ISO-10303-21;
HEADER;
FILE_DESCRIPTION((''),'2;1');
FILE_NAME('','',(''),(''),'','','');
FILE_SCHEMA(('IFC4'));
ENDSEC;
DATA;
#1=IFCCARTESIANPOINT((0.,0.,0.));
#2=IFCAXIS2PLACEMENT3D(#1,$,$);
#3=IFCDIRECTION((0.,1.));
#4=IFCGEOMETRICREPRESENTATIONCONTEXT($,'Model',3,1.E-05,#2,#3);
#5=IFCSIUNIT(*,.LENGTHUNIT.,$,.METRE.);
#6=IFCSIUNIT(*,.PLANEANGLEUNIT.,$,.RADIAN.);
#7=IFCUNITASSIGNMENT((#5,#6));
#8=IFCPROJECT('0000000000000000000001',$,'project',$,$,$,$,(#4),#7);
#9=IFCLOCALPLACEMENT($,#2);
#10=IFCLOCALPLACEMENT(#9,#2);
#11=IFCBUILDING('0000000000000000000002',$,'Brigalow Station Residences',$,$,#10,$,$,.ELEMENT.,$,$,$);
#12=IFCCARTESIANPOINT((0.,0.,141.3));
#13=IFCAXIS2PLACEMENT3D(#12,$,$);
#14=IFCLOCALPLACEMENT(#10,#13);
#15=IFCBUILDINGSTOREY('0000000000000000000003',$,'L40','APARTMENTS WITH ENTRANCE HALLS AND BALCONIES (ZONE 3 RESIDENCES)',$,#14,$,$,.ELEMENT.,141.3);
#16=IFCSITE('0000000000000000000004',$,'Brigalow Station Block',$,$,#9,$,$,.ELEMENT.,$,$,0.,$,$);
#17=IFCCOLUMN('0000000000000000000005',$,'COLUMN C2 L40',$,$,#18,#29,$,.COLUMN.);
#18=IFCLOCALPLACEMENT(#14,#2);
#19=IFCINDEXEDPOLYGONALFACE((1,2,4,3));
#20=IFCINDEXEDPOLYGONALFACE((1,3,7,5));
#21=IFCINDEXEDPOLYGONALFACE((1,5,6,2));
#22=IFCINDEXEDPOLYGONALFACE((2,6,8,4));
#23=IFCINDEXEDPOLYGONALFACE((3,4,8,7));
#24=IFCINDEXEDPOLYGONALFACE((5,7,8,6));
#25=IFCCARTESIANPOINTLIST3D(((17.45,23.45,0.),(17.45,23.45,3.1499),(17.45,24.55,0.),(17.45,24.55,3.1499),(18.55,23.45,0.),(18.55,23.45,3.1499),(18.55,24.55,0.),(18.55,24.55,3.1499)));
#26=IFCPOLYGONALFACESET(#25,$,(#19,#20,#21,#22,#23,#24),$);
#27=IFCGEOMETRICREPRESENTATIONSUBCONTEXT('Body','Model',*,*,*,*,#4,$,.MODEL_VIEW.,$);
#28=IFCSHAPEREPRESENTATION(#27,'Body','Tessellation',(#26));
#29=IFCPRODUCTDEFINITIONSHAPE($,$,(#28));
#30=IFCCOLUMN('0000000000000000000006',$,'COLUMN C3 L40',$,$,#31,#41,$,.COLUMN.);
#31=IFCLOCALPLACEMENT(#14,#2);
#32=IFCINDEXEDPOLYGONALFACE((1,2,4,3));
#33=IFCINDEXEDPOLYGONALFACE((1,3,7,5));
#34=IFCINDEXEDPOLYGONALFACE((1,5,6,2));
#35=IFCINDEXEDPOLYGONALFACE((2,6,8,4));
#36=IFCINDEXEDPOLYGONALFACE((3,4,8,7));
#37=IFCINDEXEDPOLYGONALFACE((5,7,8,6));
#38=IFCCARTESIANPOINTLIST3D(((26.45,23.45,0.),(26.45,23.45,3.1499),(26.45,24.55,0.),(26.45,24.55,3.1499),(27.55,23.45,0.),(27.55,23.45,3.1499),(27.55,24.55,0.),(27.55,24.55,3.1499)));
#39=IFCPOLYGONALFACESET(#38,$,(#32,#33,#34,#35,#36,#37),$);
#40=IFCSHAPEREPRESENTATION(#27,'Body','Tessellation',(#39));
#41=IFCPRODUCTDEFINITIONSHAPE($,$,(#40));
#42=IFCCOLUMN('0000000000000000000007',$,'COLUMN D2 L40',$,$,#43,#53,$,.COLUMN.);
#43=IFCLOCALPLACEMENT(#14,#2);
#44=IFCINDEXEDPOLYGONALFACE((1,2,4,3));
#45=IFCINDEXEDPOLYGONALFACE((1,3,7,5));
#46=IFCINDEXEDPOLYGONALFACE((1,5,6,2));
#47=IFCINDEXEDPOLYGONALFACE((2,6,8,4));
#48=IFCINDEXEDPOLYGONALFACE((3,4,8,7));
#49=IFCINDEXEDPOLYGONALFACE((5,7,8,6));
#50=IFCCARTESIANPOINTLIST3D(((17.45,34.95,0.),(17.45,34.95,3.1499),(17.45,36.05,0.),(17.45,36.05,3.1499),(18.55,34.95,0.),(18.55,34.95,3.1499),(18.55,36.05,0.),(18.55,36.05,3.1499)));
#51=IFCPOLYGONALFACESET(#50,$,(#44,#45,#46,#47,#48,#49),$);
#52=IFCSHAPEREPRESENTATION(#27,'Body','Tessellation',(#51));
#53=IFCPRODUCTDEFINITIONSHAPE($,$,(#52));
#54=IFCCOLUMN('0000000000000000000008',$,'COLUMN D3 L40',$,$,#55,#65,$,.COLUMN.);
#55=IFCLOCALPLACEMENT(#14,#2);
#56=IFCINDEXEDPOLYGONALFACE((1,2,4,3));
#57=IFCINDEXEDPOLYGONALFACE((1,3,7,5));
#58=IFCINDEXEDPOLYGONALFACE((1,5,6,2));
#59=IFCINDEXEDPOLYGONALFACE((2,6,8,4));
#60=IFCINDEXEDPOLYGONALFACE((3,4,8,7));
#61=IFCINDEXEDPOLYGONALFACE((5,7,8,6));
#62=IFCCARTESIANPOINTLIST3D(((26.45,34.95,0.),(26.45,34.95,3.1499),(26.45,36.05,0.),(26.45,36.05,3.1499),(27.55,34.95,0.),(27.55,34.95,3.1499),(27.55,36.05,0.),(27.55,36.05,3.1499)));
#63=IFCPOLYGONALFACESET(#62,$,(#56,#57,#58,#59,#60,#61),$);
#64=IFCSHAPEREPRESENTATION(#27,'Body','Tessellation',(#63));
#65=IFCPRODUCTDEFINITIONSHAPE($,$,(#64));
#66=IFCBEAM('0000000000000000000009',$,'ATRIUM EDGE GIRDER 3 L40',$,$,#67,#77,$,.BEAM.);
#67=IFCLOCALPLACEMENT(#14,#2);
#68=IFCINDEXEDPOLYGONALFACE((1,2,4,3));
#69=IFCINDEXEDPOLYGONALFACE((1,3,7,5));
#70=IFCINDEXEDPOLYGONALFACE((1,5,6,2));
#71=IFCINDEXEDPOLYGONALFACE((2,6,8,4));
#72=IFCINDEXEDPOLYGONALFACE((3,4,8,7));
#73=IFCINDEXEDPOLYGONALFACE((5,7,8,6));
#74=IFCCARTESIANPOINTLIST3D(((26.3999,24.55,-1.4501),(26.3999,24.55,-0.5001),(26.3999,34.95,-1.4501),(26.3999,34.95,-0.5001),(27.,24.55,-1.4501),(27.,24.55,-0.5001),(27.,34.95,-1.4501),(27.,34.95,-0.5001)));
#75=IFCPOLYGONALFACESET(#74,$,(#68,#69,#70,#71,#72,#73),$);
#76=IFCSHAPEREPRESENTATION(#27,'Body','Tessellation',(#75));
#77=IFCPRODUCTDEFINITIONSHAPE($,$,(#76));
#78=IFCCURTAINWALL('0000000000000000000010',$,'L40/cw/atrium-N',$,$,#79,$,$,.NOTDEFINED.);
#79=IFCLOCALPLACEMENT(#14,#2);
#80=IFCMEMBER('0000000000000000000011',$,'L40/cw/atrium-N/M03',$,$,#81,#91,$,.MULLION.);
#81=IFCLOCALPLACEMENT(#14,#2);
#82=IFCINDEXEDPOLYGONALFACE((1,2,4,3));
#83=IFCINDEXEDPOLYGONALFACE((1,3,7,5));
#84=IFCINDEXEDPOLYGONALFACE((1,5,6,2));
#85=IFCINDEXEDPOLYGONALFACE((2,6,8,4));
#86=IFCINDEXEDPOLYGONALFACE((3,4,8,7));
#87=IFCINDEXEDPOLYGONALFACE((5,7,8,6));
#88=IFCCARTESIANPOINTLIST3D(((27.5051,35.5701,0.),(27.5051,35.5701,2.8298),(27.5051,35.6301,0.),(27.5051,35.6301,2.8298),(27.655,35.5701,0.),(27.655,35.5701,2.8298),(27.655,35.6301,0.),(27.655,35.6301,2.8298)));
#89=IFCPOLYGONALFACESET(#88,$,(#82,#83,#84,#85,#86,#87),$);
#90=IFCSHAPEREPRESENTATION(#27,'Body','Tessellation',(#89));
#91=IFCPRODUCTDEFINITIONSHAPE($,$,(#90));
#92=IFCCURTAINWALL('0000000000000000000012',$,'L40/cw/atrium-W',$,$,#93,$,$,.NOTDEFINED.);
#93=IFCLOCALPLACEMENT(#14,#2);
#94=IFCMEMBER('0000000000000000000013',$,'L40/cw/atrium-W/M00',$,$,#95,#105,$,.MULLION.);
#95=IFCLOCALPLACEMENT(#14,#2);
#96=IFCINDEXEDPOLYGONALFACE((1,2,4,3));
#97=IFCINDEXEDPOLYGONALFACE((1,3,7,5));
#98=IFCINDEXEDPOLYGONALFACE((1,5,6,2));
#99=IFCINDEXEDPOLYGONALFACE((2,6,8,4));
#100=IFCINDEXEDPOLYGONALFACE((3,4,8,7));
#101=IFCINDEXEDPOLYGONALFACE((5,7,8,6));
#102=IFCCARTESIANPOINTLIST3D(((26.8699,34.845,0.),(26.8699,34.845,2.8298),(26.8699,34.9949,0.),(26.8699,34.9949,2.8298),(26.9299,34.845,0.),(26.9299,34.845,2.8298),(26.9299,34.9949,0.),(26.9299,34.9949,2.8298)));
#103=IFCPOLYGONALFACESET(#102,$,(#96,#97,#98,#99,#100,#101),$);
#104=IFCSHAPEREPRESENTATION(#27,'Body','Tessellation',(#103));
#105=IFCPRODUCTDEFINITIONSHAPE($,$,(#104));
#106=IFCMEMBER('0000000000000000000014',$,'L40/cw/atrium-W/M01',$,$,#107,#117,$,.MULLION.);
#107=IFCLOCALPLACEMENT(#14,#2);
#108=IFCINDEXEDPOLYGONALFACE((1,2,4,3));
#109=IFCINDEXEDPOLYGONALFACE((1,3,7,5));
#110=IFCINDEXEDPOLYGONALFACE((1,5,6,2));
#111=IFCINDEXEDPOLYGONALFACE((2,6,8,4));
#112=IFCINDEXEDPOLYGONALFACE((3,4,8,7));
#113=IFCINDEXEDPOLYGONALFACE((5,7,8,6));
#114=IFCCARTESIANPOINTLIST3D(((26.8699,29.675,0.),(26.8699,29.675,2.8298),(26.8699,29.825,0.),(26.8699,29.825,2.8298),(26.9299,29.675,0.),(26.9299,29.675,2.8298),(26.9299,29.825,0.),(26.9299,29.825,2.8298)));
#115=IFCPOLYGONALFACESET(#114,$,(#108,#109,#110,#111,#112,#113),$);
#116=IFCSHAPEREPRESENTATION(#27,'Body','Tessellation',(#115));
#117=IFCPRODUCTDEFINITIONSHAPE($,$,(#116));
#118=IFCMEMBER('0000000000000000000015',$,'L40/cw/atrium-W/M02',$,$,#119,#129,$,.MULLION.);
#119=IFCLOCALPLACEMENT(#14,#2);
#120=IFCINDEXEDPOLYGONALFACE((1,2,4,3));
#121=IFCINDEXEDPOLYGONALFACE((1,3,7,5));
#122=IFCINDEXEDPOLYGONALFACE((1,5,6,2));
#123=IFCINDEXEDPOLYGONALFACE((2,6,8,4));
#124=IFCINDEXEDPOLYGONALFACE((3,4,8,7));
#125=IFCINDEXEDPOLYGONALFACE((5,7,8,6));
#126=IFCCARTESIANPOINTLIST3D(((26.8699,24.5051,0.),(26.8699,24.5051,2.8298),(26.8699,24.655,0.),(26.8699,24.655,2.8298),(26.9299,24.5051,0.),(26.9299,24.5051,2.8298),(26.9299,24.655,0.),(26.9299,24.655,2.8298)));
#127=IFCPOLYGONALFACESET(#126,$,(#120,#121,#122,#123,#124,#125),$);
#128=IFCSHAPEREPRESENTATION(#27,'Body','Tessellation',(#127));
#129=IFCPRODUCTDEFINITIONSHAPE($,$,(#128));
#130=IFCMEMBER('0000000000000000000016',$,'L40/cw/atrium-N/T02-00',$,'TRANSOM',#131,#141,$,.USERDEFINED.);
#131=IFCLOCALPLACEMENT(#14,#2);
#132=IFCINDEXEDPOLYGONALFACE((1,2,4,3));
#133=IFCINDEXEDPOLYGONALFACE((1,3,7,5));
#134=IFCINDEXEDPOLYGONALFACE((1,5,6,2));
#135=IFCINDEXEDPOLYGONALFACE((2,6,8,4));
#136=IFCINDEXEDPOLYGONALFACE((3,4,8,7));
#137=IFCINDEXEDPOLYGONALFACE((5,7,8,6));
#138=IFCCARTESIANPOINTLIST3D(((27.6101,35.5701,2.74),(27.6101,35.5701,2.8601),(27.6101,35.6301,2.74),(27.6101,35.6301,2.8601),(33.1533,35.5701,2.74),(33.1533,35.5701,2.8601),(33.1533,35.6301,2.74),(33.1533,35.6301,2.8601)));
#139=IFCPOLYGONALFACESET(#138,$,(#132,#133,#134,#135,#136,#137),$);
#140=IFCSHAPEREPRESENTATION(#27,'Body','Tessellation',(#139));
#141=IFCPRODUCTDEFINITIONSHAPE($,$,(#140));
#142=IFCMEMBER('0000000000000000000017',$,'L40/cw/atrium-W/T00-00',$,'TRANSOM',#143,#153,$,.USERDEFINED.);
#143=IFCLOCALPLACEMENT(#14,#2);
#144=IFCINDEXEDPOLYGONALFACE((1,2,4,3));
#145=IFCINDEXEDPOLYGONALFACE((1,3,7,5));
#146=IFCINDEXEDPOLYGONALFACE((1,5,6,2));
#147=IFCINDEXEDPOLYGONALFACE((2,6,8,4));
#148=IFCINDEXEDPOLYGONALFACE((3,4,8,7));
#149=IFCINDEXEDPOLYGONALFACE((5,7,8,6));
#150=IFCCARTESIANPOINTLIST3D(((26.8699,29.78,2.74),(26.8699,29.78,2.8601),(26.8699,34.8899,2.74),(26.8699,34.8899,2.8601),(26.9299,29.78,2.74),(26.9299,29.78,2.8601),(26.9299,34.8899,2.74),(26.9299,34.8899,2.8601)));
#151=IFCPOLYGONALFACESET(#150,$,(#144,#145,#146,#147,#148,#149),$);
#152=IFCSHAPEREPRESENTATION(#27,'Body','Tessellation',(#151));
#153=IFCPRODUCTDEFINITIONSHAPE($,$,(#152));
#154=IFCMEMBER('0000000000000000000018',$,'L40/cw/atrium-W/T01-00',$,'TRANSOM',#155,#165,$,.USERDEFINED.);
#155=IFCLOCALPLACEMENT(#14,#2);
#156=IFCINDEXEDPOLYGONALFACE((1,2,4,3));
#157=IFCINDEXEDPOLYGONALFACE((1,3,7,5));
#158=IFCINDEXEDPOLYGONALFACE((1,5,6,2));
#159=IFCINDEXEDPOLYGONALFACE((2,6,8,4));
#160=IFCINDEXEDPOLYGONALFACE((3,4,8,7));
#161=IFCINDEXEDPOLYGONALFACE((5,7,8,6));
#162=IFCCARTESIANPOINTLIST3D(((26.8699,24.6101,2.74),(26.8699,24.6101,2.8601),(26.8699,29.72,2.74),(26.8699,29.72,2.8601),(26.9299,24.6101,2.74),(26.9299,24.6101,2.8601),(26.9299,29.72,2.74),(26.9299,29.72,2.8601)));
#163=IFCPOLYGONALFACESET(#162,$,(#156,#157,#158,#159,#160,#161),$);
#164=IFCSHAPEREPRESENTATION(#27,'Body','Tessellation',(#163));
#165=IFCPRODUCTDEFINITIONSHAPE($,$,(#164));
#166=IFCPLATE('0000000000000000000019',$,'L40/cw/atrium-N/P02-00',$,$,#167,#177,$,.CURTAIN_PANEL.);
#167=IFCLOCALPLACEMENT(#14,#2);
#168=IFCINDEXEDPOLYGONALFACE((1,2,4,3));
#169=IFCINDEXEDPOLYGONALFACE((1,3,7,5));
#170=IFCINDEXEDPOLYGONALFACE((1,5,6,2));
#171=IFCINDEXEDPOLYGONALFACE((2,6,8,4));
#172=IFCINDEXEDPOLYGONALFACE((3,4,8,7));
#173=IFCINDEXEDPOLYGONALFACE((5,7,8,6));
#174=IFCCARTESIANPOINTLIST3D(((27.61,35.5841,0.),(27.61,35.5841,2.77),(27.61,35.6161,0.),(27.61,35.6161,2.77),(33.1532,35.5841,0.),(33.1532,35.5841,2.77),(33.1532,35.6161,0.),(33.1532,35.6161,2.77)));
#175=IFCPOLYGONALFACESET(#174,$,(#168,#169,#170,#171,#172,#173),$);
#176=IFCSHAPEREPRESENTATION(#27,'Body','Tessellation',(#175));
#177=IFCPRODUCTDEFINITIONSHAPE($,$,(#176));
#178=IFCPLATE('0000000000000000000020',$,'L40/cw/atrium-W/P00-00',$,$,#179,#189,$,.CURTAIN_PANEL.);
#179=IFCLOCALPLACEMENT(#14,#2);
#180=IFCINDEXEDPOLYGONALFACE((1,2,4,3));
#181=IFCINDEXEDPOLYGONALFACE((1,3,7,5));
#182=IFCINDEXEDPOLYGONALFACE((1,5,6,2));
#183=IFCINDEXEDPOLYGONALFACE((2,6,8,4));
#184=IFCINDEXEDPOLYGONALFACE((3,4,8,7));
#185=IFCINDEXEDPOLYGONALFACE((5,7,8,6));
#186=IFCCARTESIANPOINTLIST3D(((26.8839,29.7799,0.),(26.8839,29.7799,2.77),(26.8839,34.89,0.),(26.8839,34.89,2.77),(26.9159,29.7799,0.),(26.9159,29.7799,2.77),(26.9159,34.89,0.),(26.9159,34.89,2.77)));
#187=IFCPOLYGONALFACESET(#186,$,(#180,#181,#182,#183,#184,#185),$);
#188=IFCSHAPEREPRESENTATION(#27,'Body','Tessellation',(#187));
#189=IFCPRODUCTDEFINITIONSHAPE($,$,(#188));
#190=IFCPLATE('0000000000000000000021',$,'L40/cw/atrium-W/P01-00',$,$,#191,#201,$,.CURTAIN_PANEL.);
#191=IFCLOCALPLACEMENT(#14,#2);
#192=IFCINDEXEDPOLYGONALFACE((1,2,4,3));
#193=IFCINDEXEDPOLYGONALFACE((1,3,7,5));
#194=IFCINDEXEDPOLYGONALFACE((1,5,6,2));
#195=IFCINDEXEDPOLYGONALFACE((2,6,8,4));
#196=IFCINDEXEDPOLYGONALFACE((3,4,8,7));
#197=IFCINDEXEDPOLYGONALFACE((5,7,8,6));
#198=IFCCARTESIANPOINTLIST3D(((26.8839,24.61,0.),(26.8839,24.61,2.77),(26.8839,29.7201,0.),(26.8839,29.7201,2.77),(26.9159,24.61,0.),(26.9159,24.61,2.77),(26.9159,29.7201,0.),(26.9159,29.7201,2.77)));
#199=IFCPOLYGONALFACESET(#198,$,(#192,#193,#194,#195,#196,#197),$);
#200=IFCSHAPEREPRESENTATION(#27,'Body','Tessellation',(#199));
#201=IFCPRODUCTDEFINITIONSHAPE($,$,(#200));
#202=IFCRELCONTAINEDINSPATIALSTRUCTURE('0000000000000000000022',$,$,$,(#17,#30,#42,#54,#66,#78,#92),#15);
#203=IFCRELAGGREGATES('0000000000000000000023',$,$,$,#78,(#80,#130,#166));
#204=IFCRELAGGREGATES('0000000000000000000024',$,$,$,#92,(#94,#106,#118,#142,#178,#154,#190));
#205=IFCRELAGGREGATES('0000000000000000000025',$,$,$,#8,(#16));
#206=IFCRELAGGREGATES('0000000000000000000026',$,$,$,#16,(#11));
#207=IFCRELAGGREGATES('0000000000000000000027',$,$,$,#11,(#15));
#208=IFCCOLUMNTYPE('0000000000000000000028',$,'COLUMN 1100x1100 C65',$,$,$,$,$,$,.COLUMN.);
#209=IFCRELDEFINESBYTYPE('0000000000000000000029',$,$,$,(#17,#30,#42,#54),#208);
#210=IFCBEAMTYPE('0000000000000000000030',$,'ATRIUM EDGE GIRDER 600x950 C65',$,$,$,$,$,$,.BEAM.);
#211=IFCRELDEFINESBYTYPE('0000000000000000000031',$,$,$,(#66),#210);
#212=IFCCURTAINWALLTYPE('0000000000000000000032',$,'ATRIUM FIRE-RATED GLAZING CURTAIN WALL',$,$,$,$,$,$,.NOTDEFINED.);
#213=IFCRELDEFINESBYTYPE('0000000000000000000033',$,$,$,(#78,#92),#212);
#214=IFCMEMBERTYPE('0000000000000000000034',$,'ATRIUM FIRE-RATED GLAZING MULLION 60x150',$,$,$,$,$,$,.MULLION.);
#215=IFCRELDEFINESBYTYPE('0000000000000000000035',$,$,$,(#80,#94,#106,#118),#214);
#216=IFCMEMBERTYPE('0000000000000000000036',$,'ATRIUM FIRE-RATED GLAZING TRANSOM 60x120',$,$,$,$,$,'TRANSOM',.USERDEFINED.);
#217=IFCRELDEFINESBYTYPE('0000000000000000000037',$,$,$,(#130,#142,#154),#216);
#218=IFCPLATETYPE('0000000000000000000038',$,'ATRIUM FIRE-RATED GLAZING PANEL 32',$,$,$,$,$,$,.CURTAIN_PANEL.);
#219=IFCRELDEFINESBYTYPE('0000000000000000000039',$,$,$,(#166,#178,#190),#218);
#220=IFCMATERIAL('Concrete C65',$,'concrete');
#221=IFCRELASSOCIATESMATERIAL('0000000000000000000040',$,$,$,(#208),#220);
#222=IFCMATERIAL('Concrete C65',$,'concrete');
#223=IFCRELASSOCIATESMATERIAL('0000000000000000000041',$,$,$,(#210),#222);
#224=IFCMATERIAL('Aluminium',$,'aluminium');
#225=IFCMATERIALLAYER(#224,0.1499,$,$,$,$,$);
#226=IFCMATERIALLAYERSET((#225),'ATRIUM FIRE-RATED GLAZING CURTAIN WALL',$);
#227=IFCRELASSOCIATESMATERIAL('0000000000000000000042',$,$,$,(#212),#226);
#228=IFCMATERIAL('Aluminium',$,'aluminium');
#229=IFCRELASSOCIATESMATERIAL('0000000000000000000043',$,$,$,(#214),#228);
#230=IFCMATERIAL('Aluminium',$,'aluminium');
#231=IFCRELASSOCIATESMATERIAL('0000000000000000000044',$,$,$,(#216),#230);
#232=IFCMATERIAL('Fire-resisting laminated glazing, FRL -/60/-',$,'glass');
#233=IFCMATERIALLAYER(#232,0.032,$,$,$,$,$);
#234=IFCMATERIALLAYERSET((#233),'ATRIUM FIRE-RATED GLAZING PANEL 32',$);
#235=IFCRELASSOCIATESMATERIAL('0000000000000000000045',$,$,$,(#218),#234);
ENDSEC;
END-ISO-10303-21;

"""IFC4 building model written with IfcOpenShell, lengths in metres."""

from ifc_helpers import new_model, si_unit, direction, frame, origin, origin_2d, place, context, subcontext, project, spatial, rectangle, extrude, material, layer, layer_set, material_profile, profile_set, type_object, element, aggregate, save


model = new_model("IFC4")

# Units and contexts
model_context = context("Model", 3, precision=1e-05, world=origin(), true_north=direction((0.0, 1.0)))
body_context = subcontext(model_context, "Body", "Model", "MODEL_VIEW")
ifc_project = project(units=[si_unit("LENGTHUNIT", "METRE"), si_unit("PLANEANGLEUNIT", "RADIAN")], contexts=[model_context])

# Site, building, storey
site_placement = place(None, origin())
site = spatial("IfcSite", under=ifc_project, at=site_placement, Name="Brigalow Station Block", CompositionType="ELEMENT", RefElevation=0.0)
building_placement = place(site_placement, origin())
building = spatial("IfcBuilding", under=site, at=building_placement, Name="Brigalow Station Residences", CompositionType="ELEMENT")
storey_placement = place(building_placement, frame((0.0, 0.0, 141.3)))
storey = spatial("IfcBuildingStorey", under=building, at=storey_placement, Name="L40", Description="APARTMENTS WITH ENTRANCE HALLS AND BALCONIES (ZONE 3 RESIDENCES)", CompositionType="ELEMENT", Elevation=141.3)

# Columns
ifc_material_1 = material(Name="Concrete C65", Category="concrete")
ifc_material_profile_1 = material_profile(ifc_material_1, rectangle(XDim=1.1001, YDim=1.1001, at=origin_2d()), Name="RC1100x1100")
ifc_profile_set_1 = profile_set([ifc_material_profile_1], Name="Concrete C65")
column_type = type_object("IfcColumnType", Name="COLUMN 1100x1100 C65", PredefinedType="COLUMN", material=ifc_profile_set_1)
for number, where, z_axis, x_axis, name in (
    (1, (18.0, 24.0, 0.0), (0.0, 0.0, 1.0), (1.0, 0.0, 0.0), "COLUMN C2 L40"),
    (2, (27.0, 24.0, 0.0), (0.0, 0.0, 1.0), (1.0, 0.0, 0.0), "COLUMN C3 L40"),
    (3, (18.0, 35.5, 0.0), (0.0, 0.0, 1.0), (1.0, 0.0, 0.0), "COLUMN D2 L40"),
    (4, (27.0, 35.5, 0.0), (0.0, 0.0, 1.0), (1.0, 0.0, 0.0), "COLUMN D3 L40"),
):
    element("IfcColumn", number, at=place(storey_placement, frame(where, z_axis=z_axis, x_axis=x_axis)), inside=storey, type_object=column_type, Name=name, PredefinedType="COLUMN", context=body_context, shape_type="SweptSolid", body=[
        extrude(rectangle(XDim=1.1001, YDim=1.1001, at=origin_2d()), origin(), (0.0, 0.0, 1.0), 3.1499),
    ])

# Beam
ifc_material_2 = material(Name="Concrete C65", Category="concrete")
ifc_material_profile_2 = material_profile(ifc_material_2, rectangle(XDim=0.6001, YDim=0.95, at=origin_2d()), Name="RC600x950")
ifc_profile_set_2 = profile_set([ifc_material_profile_2], Name="Concrete C65")
beam_type = type_object("IfcBeamType", Name="ATRIUM EDGE GIRDER 600x950 C65", PredefinedType="BEAM", material=ifc_profile_set_2)
beam_placement = place(storey_placement, frame((26.7, 24.55, -0.9751), z_axis=(0.0, 1.0, 0.0), x_axis=(-1.0, 0.0, 0.0)))
element("IfcBeam", 5, at=beam_placement, inside=storey, type_object=beam_type, Name="ATRIUM EDGE GIRDER 3 L40", PredefinedType="BEAM", context=body_context, shape_type="SweptSolid", body=[
    extrude(rectangle(XDim=0.6001, YDim=0.95, at=origin_2d()), origin(), (0.0, 0.0, 1.0), 10.3999),
])

# Curtain wall, member
ifc_material_3 = material(Name="Aluminium", Category="aluminium")
ifc_layer_1 = layer(ifc_material_3, 0.1499)
ifc_layer_set_1 = layer_set([ifc_layer_1], Name="ATRIUM FIRE-RATED GLAZING CURTAIN WALL")
curtain_wall_type = type_object("IfcCurtainWallType", Name="ATRIUM FIRE-RATED GLAZING CURTAIN WALL", PredefinedType="NOTDEFINED", material=ifc_layer_set_1)
curtain_wall_1_placement = place(storey_placement, origin())
curtain_wall_1 = element("IfcCurtainWall", 6, at=curtain_wall_1_placement, inside=storey, type_object=curtain_wall_type, Name="L40/cw/atrium-N", PredefinedType="NOTDEFINED")
ifc_material_4 = material(Name="Aluminium", Category="aluminium")
ifc_material_profile_3 = material_profile(ifc_material_4, rectangle(XDim=0.0601, YDim=0.1499, at=origin_2d()), Name="ATRIUM FIRE-RATED GLAZING MULLION 60x150")
ifc_profile_set_3 = profile_set([ifc_material_profile_3], Name="Aluminium")
member_type_1 = type_object("IfcMemberType", Name="ATRIUM FIRE-RATED GLAZING MULLION 60x150", PredefinedType="MULLION", material=ifc_profile_set_3)
member_1_placement = place(storey_placement, frame((27.5801, 35.6001, 0.0), z_axis=(0.0, 0.0, 1.0), x_axis=(0.0, -1.0, 0.0)))
member_1 = element("IfcMember", 7, at=member_1_placement, type_object=member_type_1, Name="L40/cw/atrium-N/M03", PredefinedType="MULLION", context=body_context, shape_type="SweptSolid", body=[
    extrude(rectangle(XDim=0.0601, YDim=0.1499, at=origin_2d()), origin(), (0.0, 0.0, 1.0), 2.8298),
])

# Curtain wall, members
curtain_wall_2_placement = place(storey_placement, origin())
curtain_wall_2 = element("IfcCurtainWall", 8, at=curtain_wall_2_placement, inside=storey, type_object=curtain_wall_type, Name="L40/cw/atrium-W", PredefinedType="NOTDEFINED")
member_2_placement = place(storey_placement, frame((26.8999, 34.9199, 0.0), z_axis=(0.0, 0.0, 1.0), x_axis=(1.0, 0.0, 0.0)))
member_2 = element("IfcMember", 9, at=member_2_placement, type_object=member_type_1, Name="L40/cw/atrium-W/M00", PredefinedType="MULLION", context=body_context, shape_type="SweptSolid", body=[
    extrude(rectangle(XDim=0.0601, YDim=0.1499, at=origin_2d()), origin(), (0.0, 0.0, 1.0), 2.8298),
])
member_3_placement = place(storey_placement, frame((26.8999, 29.75, 0.0), z_axis=(0.0, 0.0, 1.0), x_axis=(1.0, 0.0, 0.0)))
member_3 = element("IfcMember", 10, at=member_3_placement, type_object=member_type_1, Name="L40/cw/atrium-W/M01", PredefinedType="MULLION", context=body_context, shape_type="SweptSolid", body=[
    extrude(rectangle(XDim=0.0601, YDim=0.1499, at=origin_2d()), origin(), (0.0, 0.0, 1.0), 2.8298),
])
member_4_placement = place(storey_placement, frame((26.8999, 24.5801, 0.0), z_axis=(0.0, 0.0, 1.0), x_axis=(1.0, 0.0, 0.0)))
member_4 = element("IfcMember", 11, at=member_4_placement, type_object=member_type_1, Name="L40/cw/atrium-W/M02", PredefinedType="MULLION", context=body_context, shape_type="SweptSolid", body=[
    extrude(rectangle(XDim=0.0601, YDim=0.1499, at=origin_2d()), origin(), (0.0, 0.0, 1.0), 2.8298),
])

# Members
ifc_material_5 = material(Name="Aluminium", Category="aluminium")
ifc_material_profile_4 = material_profile(ifc_material_5, rectangle(XDim=0.0601, YDim=0.1201, at=origin_2d()), Name="ATRIUM FIRE-RATED GLAZING TRANSOM 60x120")
ifc_profile_set_4 = profile_set([ifc_material_profile_4], Name="Aluminium")
member_type_2 = type_object("IfcMemberType", Name="ATRIUM FIRE-RATED GLAZING TRANSOM 60x120", ElementType="TRANSOM", PredefinedType="USERDEFINED", material=ifc_profile_set_4)
member_5_placement = place(storey_placement, frame((33.1533, 35.6001, 2.8), z_axis=(-1.0, 0.0, 0.0), x_axis=(0.0, -1.0, 0.0)))
member_5 = element("IfcMember", 12, at=member_5_placement, type_object=member_type_2, Name="L40/cw/atrium-N/T02-00", ObjectType="TRANSOM", PredefinedType="USERDEFINED", context=body_context, shape_type="SweptSolid", body=[
    extrude(rectangle(XDim=0.0601, YDim=0.1201, at=origin_2d()), origin(), (0.0, 0.0, 1.0), 5.5432),
])
member_6_placement = place(storey_placement, frame((26.8999, 34.8899, 2.8), z_axis=(0.0, -1.0, 0.0), x_axis=(1.0, 0.0, 0.0)))
member_6 = element("IfcMember", 13, at=member_6_placement, type_object=member_type_2, Name="L40/cw/atrium-W/T00-00", ObjectType="TRANSOM", PredefinedType="USERDEFINED", context=body_context, shape_type="SweptSolid", body=[
    extrude(rectangle(XDim=0.0601, YDim=0.1201, at=origin_2d()), origin(), (0.0, 0.0, 1.0), 5.1099),
])
member_7_placement = place(storey_placement, frame((26.8999, 29.72, 2.8), z_axis=(0.0, -1.0, 0.0), x_axis=(1.0, 0.0, 0.0)))
member_7 = element("IfcMember", 14, at=member_7_placement, type_object=member_type_2, Name="L40/cw/atrium-W/T01-00", ObjectType="TRANSOM", PredefinedType="USERDEFINED", context=body_context, shape_type="SweptSolid", body=[
    extrude(rectangle(XDim=0.0601, YDim=0.1201, at=origin_2d()), origin(), (0.0, 0.0, 1.0), 5.1099),
])

# Plates
ifc_material_6 = material(Name="Fire-resisting laminated glazing, FRL -/60/-", Category="glass")
ifc_layer_2 = layer(ifc_material_6, 0.032)
ifc_layer_set_2 = layer_set([ifc_layer_2], Name="ATRIUM FIRE-RATED GLAZING PANEL 32")
plate_type = type_object("IfcPlateType", Name="ATRIUM FIRE-RATED GLAZING PANEL 32", PredefinedType="CURTAIN_PANEL", material=ifc_layer_set_2)
plate_1_placement = place(storey_placement, frame((30.3816, 35.6001, 0.0), z_axis=(0.0, 0.0, 1.0), x_axis=(-1.0, 0.0, 0.0)))
plate_1 = element("IfcPlate", 15, at=plate_1_placement, type_object=plate_type, Name="L40/cw/atrium-N/P02-00", PredefinedType="CURTAIN_PANEL", context=body_context, shape_type="SweptSolid", body=[
    extrude(rectangle(XDim=5.5432, YDim=0.032, at=origin_2d()), origin(), (0.0, 0.0, 1.0), 2.77),
])
aggregate(curtain_wall_1, [member_1, member_5, plate_1])
plate_2_placement = place(storey_placement, frame((26.8999, 32.335, 0.0), z_axis=(0.0, 0.0, 1.0), x_axis=(0.0, -1.0, 0.0)))
plate_2 = element("IfcPlate", 16, at=plate_2_placement, type_object=plate_type, Name="L40/cw/atrium-W/P00-00", PredefinedType="CURTAIN_PANEL", context=body_context, shape_type="SweptSolid", body=[
    extrude(rectangle(XDim=5.1101, YDim=0.032, at=origin_2d()), origin(), (0.0, 0.0, 1.0), 2.77),
])
plate_3_placement = place(storey_placement, frame((26.8999, 27.165, 0.0), z_axis=(0.0, 0.0, 1.0), x_axis=(0.0, -1.0, 0.0)))
plate_3 = element("IfcPlate", 17, at=plate_3_placement, type_object=plate_type, Name="L40/cw/atrium-W/P01-00", PredefinedType="CURTAIN_PANEL", context=body_context, shape_type="SweptSolid", body=[
    extrude(rectangle(XDim=5.1101, YDim=0.032, at=origin_2d()), origin(), (0.0, 0.0, 1.0), 2.77),
])
aggregate(curtain_wall_2, [member_2, member_3, member_4, member_6, plate_2, member_7, plate_3])

save(model, "model.ifc")
